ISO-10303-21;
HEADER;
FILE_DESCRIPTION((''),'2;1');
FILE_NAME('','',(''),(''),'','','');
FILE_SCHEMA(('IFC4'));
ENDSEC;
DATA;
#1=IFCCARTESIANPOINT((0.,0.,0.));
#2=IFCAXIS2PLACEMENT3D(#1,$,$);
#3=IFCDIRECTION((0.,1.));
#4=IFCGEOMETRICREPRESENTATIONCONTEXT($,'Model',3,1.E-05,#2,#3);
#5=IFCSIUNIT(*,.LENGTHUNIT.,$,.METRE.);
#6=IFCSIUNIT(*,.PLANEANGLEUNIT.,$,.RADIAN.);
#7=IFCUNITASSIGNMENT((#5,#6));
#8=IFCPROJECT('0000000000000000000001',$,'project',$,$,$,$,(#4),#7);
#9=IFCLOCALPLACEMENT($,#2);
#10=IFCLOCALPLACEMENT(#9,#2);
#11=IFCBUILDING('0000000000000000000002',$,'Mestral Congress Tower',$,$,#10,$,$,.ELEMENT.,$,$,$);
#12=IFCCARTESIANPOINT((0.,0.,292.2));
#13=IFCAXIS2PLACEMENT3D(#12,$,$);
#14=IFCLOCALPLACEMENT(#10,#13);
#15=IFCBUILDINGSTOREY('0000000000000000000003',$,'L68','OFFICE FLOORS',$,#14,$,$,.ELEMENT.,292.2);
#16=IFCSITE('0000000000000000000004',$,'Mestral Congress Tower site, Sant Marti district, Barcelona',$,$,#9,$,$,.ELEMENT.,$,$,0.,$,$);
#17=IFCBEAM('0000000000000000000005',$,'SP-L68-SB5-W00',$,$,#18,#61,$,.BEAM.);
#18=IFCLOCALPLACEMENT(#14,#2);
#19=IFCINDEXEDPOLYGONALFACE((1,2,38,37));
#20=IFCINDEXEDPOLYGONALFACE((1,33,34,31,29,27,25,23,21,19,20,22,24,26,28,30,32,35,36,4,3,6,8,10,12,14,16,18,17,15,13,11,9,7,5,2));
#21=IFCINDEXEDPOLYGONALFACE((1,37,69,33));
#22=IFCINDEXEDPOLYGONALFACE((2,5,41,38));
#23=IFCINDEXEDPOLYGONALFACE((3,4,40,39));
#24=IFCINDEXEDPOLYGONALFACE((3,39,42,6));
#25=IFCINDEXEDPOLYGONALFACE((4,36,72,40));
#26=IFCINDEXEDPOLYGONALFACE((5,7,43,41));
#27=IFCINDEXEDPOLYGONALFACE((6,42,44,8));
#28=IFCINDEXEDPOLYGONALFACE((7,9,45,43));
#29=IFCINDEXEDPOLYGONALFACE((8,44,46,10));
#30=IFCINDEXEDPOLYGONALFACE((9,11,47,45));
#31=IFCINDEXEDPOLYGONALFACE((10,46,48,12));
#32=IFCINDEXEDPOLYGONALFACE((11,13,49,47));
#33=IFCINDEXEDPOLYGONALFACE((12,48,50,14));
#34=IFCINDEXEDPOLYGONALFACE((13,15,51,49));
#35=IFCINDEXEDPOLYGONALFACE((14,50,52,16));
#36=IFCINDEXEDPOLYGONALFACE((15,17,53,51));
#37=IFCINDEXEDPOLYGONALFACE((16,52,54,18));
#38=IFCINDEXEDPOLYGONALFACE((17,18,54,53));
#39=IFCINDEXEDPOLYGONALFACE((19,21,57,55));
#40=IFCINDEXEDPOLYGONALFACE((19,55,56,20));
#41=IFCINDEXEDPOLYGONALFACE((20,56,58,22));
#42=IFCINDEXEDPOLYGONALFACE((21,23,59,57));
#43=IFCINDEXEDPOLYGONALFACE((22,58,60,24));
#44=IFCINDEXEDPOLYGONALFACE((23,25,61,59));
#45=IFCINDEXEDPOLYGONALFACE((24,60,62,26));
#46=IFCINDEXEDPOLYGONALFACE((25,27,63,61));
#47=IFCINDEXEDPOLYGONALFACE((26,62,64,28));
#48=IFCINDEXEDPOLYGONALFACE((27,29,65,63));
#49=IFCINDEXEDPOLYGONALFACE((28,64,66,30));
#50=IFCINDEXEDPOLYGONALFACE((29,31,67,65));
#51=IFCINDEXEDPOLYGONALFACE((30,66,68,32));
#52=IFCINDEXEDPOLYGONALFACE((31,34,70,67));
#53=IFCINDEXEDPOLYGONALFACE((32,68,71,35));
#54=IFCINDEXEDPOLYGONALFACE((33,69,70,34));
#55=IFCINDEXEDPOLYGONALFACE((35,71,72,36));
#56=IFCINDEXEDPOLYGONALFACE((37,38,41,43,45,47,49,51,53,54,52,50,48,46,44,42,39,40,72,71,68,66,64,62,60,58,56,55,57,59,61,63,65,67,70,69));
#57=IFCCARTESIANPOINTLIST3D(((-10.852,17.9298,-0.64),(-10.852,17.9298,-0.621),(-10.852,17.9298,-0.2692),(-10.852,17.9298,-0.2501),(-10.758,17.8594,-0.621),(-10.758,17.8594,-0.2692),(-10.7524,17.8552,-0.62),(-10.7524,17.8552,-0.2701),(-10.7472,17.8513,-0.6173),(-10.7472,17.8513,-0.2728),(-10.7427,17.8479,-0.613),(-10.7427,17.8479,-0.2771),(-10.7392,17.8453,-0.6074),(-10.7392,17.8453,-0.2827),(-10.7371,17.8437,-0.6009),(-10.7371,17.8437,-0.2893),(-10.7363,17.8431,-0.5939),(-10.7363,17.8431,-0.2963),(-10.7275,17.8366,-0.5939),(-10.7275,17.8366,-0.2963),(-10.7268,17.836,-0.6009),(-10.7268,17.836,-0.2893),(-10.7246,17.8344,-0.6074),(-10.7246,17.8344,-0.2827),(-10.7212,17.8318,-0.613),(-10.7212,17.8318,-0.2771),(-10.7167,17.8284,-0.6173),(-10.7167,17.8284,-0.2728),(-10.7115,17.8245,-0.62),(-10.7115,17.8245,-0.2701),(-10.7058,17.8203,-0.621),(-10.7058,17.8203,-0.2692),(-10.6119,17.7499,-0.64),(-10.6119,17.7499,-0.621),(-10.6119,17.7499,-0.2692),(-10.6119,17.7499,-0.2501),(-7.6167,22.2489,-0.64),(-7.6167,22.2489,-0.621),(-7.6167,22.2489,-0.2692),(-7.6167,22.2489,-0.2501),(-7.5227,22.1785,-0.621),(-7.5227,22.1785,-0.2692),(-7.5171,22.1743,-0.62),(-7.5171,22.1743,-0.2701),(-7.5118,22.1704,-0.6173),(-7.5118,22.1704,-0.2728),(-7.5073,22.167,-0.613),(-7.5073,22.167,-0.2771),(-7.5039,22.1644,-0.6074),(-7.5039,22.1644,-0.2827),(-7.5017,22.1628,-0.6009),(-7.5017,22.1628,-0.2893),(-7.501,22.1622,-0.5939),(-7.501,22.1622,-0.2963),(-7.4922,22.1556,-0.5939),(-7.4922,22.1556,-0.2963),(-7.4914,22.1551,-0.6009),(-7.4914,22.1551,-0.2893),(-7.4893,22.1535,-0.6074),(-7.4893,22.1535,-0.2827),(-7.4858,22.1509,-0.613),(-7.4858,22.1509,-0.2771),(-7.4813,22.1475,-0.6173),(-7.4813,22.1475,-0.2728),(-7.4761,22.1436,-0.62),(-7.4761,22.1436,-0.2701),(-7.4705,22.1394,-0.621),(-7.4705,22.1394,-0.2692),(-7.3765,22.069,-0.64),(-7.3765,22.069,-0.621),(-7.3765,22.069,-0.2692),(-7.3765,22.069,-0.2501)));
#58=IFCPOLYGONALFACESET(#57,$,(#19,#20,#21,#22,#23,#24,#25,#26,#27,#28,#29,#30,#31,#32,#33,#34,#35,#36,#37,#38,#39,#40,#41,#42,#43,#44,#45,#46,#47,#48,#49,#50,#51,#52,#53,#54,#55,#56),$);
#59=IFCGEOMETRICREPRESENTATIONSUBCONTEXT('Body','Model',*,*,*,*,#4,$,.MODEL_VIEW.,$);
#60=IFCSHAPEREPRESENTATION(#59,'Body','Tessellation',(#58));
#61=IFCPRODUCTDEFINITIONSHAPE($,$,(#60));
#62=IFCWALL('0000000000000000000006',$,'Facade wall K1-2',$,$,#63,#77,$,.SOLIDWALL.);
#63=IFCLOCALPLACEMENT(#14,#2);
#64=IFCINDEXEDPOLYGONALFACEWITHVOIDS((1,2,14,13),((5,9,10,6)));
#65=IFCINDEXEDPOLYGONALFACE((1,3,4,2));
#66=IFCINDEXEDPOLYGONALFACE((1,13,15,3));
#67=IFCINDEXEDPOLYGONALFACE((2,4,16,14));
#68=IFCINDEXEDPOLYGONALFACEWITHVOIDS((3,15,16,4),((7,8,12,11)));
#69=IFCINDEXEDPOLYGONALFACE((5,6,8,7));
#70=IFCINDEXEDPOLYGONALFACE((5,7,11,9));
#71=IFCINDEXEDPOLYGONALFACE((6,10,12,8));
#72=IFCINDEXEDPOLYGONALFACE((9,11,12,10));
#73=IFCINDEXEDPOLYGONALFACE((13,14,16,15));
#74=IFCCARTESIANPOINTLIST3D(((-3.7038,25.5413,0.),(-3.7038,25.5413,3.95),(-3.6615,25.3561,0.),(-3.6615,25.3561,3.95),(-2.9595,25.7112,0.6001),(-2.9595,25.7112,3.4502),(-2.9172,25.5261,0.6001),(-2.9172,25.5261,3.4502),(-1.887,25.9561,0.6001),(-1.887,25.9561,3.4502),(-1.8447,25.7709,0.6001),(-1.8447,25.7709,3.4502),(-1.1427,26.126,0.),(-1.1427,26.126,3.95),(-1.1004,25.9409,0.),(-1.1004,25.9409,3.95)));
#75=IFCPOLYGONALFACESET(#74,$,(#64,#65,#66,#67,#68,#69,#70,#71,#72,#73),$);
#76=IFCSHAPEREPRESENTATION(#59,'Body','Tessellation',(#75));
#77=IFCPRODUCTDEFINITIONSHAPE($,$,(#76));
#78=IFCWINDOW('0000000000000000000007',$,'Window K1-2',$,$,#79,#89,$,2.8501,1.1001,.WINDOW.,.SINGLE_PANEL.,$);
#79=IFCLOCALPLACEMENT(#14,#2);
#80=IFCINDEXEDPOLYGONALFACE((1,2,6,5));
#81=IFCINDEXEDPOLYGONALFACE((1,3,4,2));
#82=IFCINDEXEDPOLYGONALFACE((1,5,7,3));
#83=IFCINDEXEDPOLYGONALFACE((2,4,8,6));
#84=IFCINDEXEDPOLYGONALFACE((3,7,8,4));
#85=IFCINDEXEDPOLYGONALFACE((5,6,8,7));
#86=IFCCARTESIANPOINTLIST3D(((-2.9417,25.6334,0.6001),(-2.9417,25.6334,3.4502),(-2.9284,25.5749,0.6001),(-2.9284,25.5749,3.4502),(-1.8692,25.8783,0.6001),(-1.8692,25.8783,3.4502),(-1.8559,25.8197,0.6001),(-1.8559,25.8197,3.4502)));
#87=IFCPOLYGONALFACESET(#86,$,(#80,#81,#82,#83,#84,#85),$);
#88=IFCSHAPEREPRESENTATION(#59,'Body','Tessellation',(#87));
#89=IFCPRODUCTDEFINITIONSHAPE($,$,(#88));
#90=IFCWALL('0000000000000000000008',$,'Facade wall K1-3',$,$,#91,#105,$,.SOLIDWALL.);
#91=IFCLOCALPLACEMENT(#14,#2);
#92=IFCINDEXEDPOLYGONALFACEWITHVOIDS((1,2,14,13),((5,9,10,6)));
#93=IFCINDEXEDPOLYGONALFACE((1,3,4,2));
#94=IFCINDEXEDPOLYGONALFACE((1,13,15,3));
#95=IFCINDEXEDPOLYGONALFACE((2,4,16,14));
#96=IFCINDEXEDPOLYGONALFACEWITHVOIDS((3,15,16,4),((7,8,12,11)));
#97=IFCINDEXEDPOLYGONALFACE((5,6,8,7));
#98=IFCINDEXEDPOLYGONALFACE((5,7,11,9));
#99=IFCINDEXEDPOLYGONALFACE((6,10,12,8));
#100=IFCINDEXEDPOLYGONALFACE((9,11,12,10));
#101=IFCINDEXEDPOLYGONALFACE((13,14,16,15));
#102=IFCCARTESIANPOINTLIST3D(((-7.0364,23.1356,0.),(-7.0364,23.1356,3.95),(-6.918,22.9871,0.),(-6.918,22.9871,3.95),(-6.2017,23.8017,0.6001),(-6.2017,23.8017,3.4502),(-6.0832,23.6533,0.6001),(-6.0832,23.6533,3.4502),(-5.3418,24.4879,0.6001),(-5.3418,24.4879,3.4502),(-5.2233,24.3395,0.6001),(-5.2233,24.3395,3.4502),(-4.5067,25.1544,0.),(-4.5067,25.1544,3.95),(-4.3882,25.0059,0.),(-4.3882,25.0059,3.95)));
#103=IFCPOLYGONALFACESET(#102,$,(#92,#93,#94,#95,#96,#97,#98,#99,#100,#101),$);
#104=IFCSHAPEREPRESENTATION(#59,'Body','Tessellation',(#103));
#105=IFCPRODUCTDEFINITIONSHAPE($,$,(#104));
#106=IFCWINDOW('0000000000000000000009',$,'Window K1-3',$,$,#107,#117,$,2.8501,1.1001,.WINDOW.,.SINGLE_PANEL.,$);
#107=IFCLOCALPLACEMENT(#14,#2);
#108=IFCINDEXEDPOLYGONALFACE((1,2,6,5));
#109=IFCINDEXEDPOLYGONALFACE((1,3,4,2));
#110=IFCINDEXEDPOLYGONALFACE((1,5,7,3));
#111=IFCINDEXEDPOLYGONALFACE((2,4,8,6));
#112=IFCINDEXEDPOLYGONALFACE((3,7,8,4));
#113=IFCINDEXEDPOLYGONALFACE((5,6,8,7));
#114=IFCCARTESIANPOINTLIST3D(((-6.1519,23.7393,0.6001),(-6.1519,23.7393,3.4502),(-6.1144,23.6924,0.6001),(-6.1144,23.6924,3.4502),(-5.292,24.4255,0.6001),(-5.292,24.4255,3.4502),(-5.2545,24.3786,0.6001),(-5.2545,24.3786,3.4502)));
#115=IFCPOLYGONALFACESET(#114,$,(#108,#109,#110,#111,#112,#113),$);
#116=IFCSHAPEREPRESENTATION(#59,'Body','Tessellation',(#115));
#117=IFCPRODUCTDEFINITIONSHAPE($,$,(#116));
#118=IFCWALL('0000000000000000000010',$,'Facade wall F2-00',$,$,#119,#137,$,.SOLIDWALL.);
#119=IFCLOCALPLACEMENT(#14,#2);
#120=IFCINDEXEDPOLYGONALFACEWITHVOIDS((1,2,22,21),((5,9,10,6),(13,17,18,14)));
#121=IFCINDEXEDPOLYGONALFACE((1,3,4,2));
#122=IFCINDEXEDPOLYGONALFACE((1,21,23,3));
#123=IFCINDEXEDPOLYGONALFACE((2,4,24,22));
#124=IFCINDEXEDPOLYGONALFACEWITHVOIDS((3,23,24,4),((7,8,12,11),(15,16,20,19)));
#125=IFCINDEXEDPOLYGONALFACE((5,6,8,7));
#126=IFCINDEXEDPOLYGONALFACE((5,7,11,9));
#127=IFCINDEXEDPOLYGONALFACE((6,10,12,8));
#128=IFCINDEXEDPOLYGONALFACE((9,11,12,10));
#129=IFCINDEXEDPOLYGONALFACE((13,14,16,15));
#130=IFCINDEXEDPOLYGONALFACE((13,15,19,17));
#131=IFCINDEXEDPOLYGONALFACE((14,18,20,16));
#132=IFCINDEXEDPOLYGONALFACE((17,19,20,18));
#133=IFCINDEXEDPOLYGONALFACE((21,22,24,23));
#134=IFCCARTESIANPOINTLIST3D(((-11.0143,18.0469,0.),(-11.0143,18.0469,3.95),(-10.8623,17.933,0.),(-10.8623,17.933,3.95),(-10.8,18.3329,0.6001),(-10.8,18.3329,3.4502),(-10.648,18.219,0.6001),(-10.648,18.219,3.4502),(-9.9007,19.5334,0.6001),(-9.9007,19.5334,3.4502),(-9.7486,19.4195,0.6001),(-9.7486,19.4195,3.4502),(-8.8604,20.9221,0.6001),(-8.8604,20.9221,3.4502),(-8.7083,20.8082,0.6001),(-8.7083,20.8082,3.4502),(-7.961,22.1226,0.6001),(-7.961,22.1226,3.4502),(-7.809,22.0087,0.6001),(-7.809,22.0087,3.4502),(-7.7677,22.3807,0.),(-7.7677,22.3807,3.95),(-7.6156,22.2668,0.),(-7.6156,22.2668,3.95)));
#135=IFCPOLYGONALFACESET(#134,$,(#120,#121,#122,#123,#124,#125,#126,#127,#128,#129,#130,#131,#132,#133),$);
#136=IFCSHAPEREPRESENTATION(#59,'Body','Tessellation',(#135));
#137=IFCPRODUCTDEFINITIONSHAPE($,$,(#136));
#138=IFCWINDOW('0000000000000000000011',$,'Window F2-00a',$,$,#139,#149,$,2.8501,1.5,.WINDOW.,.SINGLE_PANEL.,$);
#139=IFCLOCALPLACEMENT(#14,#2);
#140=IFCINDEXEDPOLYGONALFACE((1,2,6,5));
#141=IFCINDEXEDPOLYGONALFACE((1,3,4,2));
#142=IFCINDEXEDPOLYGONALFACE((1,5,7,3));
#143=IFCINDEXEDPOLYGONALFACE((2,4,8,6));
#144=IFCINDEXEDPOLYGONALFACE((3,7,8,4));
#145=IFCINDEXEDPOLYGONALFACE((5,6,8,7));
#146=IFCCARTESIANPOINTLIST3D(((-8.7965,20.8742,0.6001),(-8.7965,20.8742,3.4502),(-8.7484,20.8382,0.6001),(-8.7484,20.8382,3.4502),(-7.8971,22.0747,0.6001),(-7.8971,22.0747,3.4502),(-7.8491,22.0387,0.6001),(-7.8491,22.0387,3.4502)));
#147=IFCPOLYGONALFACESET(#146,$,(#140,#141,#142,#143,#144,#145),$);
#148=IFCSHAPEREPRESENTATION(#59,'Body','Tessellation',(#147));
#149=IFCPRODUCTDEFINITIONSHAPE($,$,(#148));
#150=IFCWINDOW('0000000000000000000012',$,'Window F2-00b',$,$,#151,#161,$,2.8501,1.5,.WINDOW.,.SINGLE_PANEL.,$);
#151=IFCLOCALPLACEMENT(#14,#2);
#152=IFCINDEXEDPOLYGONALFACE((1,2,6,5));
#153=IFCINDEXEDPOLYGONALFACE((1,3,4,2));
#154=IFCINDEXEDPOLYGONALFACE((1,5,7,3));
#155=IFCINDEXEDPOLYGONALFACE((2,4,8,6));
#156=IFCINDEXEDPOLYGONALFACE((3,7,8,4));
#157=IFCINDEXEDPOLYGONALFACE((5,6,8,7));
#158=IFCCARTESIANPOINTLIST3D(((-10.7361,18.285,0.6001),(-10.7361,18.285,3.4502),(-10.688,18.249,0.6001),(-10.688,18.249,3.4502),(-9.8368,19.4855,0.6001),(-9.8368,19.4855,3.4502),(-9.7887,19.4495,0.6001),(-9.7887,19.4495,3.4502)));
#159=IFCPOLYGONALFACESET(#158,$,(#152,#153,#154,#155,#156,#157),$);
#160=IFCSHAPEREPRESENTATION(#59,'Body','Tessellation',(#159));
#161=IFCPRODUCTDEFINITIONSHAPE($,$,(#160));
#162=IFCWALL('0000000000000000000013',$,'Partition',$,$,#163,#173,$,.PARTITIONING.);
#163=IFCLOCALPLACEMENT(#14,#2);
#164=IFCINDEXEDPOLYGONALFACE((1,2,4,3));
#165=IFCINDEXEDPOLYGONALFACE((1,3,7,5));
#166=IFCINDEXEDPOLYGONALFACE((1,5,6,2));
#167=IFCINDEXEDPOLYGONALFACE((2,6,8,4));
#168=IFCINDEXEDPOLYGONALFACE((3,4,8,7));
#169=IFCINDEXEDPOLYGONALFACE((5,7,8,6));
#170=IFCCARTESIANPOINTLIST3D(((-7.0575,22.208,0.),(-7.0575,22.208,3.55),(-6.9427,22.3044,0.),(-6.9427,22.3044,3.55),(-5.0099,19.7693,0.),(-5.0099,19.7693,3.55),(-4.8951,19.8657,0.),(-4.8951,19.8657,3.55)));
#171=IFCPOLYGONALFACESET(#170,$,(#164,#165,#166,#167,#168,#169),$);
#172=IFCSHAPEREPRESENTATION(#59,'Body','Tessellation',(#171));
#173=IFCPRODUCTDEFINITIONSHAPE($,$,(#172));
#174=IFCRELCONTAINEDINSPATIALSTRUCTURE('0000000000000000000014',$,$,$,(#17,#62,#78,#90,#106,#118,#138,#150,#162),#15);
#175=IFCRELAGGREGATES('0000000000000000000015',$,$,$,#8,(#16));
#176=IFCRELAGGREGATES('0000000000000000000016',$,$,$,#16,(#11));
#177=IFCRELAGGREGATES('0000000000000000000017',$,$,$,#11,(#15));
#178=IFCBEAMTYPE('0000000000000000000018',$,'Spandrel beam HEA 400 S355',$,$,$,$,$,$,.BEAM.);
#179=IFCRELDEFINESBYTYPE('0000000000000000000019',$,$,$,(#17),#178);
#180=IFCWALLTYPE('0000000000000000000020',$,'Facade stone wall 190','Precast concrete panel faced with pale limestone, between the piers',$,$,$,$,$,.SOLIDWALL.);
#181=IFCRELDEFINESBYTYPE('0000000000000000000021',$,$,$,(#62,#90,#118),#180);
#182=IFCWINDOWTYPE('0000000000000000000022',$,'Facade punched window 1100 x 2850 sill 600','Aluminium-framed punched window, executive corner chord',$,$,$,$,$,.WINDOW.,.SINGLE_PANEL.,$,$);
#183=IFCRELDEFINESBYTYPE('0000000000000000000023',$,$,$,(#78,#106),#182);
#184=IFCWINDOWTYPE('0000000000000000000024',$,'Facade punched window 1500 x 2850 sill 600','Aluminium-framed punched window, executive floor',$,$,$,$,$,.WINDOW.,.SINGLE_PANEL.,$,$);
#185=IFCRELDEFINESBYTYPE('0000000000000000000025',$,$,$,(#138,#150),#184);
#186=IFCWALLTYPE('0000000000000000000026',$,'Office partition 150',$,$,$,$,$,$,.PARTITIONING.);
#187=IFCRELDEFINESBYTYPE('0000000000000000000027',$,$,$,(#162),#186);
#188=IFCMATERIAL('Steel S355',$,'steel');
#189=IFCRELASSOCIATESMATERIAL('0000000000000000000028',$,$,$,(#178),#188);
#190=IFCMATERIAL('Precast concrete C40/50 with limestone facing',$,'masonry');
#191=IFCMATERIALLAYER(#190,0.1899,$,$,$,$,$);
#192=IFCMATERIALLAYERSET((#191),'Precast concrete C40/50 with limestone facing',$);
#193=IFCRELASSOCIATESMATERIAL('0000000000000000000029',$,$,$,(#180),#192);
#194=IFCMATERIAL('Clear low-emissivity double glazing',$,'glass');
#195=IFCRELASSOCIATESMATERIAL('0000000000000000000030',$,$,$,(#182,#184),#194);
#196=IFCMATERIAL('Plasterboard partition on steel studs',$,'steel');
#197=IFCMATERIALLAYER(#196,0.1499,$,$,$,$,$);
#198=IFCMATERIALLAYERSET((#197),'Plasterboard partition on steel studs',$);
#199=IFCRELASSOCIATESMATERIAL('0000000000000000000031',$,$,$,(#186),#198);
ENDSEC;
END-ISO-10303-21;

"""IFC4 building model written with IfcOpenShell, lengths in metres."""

from ifc_helpers import new_model, si_unit, direction, frame, frame_2d, origin, origin_2d, place, context, subcontext, project, spatial, rectangle, i_section, extrude, material, layer, layer_set, material_profile, profile_set, type_object, element, fill, save


model = new_model("IFC4")

# Units and contexts
model_context = context("Model", 3, precision=1e-05, world=origin(), true_north=direction((0.0, 1.0)))
body_context = subcontext(model_context, "Body", "Model", "MODEL_VIEW")
ifc_project = project(units=[si_unit("LENGTHUNIT", "METRE"), si_unit("PLANEANGLEUNIT", "RADIAN")], contexts=[model_context])

# Site, building, storey
site_placement = place(None, origin())
site = spatial("IfcSite", under=ifc_project, at=site_placement, Name="Mestral Congress Tower site, Sant Marti district, Barcelona", CompositionType="ELEMENT", RefElevation=0.0)
building_placement = place(site_placement, origin())
building = spatial("IfcBuilding", under=site, at=building_placement, Name="Mestral Congress Tower", CompositionType="ELEMENT")
storey_placement = place(building_placement, frame((0.0, 0.0, 292.2)))
storey = spatial("IfcBuildingStorey", under=building, at=storey_placement, Name="L68", Description="OFFICE FLOORS", CompositionType="ELEMENT", Elevation=292.2)

# Beam
ifc_material_1 = material(Name="Steel S355", Category="steel")
ifc_material_profile_1 = material_profile(ifc_material_1, i_section(OverallWidth=0.3, OverallDepth=0.3899, WebThickness=0.011, FlangeThickness=0.019, FilletRadius=0.0271, at=origin_2d()), Name="HEA 400")
ifc_profile_set_1 = profile_set([ifc_material_profile_1], Name="Steel S355")
beam_type_1 = type_object("IfcBeamType", Name="Spandrel beam HEA 400 S355", PredefinedType="BEAM", material=ifc_profile_set_1)
beam_1_placement = place(storey_placement, frame((-7.4966, 22.1589, -0.4451), z_axis=(-0.599529, -0.800353, 0.0), x_axis=(0.800353, -0.599529, 0.0)))
element("IfcBeam", 1, at=beam_1_placement, inside=storey, type_object=beam_type_1, Name="SP-L68-SB5-W00", PredefinedType="BEAM", context=body_context, shape_type="SweptSolid", body=[
    extrude(i_section(OverallWidth=0.3, OverallDepth=0.3899, WebThickness=0.011, FlangeThickness=0.019, FilletRadius=0.0271, at=origin_2d()), origin(), (0.0, 0.0, 1.0), 5.3965),
])

# Walls, openings, windows
ifc_material_2 = material(Name="Precast concrete C40/50 with limestone facing", Category="masonry")
ifc_layer_1 = layer(ifc_material_2, 0.1899)
ifc_layer_set_1 = layer_set([ifc_layer_1], Name="Precast concrete C40/50 with limestone facing")
wall_type_1 = type_object("IfcWallType", Name="Facade stone wall 190", Description="Precast concrete panel faced with pale limestone, between the piers", PredefinedType="SOLIDWALL", material=ifc_layer_set_1)
wall_1_placement = place(storey_placement, frame((-1.1216, 26.0334, 0.0), z_axis=(0.0, 0.0, 1.0), x_axis=(-0.974913, -0.222585, 0.0)))
wall_1 = element("IfcWall", 2, at=wall_1_placement, inside=storey, type_object=wall_type_1, Name="Facade wall K1-2", PredefinedType="SOLIDWALL", context=body_context, shape_type="SweptSolid", body=[
    extrude(rectangle(XDim=2.627, YDim=0.1899, at=frame_2d((1.3135, 0.0))), origin(), (0.0, 0.0, 1.0), 3.95),
])
opening_1_placement = place(wall_1_placement, frame((0.7634, 0.0, 0.6001)))
opening_1 = element("IfcOpeningElement", 3, at=opening_1_placement, cuts=wall_1, PredefinedType="OPENING", context=body_context, shape_type="SweptSolid", body=[
    extrude(rectangle(XDim=1.1001, YDim=2.8501, at=frame_2d((0.55, 1.425))), frame((0.0, 0.105, 0.0), z_axis=(0.0, -1.0, 0.0), x_axis=(1.0, 0.0, 0.0)), (0.0, 0.0, 1.0), 0.21),
])
ifc_material_3 = material(Name="Clear low-emissivity double glazing", Category="glass")
window_type_1 = type_object("IfcWindowType", Name="Facade punched window 1100 x 2850 sill 600", Description="Aluminium-framed punched window, executive corner chord", PartitioningType="SINGLE_PANEL", PredefinedType="WINDOW", material=ifc_material_3)
window_1_placement = place(opening_1_placement, origin())
window_1 = element("IfcWindow", 4, at=window_1_placement, inside=storey, type_object=window_type_1, Name="Window K1-2", OverallHeight=2.8501, OverallWidth=1.1001, PartitioningType="SINGLE_PANEL", PredefinedType="WINDOW", context=body_context, shape_type="SweptSolid", body=[
    extrude(rectangle(XDim=1.1001, YDim=2.8501, at=frame_2d((0.55, 1.425))), frame((0.0, 0.0449, 0.0), z_axis=(0.0, -1.0, 0.0), x_axis=(1.0, 0.0, 0.0)), (0.0, 0.0, 1.0), 0.0601),
])
fill(opening_1, window_1)
wall_2_placement = place(storey_placement, frame((-4.4475, 25.0801, 0.0), z_axis=(0.0, 0.0, 1.0), x_axis=(-0.781626, -0.623747, 0.0)))
wall_2 = element("IfcWall", 5, at=wall_2_placement, inside=storey, type_object=wall_type_1, Name="Facade wall K1-3", PredefinedType="SOLIDWALL", context=body_context, shape_type="SweptSolid", body=[
    extrude(rectangle(XDim=3.2366, YDim=0.1899, at=frame_2d((1.6182, 0.0))), origin(), (0.0, 0.0, 1.0), 3.95),
])
opening_2_placement = place(wall_2_placement, frame((1.0684, 0.0, 0.6001)))
opening_2 = element("IfcOpeningElement", 6, at=opening_2_placement, cuts=wall_2, PredefinedType="OPENING", context=body_context, shape_type="SweptSolid", body=[
    extrude(rectangle(XDim=1.1001, YDim=2.8501, at=frame_2d((0.55, 1.425))), frame((0.0, 0.105, 0.0), z_axis=(0.0, -1.0, 0.0), x_axis=(1.0, 0.0, 0.0)), (0.0, 0.0, 1.0), 0.21),
])
window_2_placement = place(opening_2_placement, origin())
window_2 = element("IfcWindow", 7, at=window_2_placement, inside=storey, type_object=window_type_1, Name="Window K1-3", OverallHeight=2.8501, OverallWidth=1.1001, PartitioningType="SINGLE_PANEL", PredefinedType="WINDOW", context=body_context, shape_type="SweptSolid", body=[
    extrude(rectangle(XDim=1.1001, YDim=2.8501, at=frame_2d((0.55, 1.425))), frame((0.0, 0.0449, 0.0), z_axis=(0.0, -1.0, 0.0), x_axis=(1.0, 0.0, 0.0)), (0.0, 0.0, 1.0), 0.0601),
])
fill(opening_2, window_2)

# Wall, openings, windows
wall_3_placement = place(storey_placement, frame((-7.6917, 22.3237, 0.0), z_axis=(0.0, 0.0, 1.0), x_axis=(-0.59956, -0.80033, 0.0)))
wall_3 = element("IfcWall", 8, at=wall_3_placement, inside=storey, type_object=wall_type_1, Name="Facade wall F2-00", PredefinedType="SOLIDWALL", context=body_context, shape_type="SweptSolid", body=[
    extrude(rectangle(XDim=5.415, YDim=0.1899, at=frame_2d((2.7075, 0.0))), origin(), (0.0, 0.0, 1.0), 3.95),
])
opening_3_placement = place(wall_3_placement, frame((0.3225, 0.0, 0.6001)))
opening_3 = element("IfcOpeningElement", 9, at=opening_3_placement, cuts=wall_3, PredefinedType="OPENING", context=body_context, shape_type="SweptSolid", body=[
    extrude(rectangle(XDim=1.5, YDim=2.8501, at=frame_2d((0.75, 1.425))), frame((0.0, 0.105, 0.0), z_axis=(0.0, -1.0, 0.0), x_axis=(1.0, 0.0, 0.0)), (0.0, 0.0, 1.0), 0.21),
])
opening_4_placement = place(wall_3_placement, frame((3.5576, 0.0, 0.6001)))
opening_4 = element("IfcOpeningElement", 10, at=opening_4_placement, cuts=wall_3, PredefinedType="OPENING", context=body_context, shape_type="SweptSolid", body=[
    extrude(rectangle(XDim=1.5, YDim=2.8501, at=frame_2d((0.75, 1.425))), frame((0.0, 0.105, 0.0), z_axis=(0.0, -1.0, 0.0), x_axis=(1.0, 0.0, 0.0)), (0.0, 0.0, 1.0), 0.21),
])
window_type_2 = type_object("IfcWindowType", Name="Facade punched window 1500 x 2850 sill 600", Description="Aluminium-framed punched window, executive floor", PartitioningType="SINGLE_PANEL", PredefinedType="WINDOW", material=ifc_material_3)
window_3_placement = place(opening_3_placement, origin())
window_3 = element("IfcWindow", 11, at=window_3_placement, inside=storey, type_object=window_type_2, Name="Window F2-00a", OverallHeight=2.8501, OverallWidth=1.5, PartitioningType="SINGLE_PANEL", PredefinedType="WINDOW", context=body_context, shape_type="SweptSolid", body=[
    extrude(rectangle(XDim=1.5, YDim=2.8501, at=frame_2d((0.75, 1.425))), frame((0.0, 0.0449, 0.0), z_axis=(0.0, -1.0, 0.0), x_axis=(1.0, 0.0, 0.0)), (0.0, 0.0, 1.0), 0.0601),
])
fill(opening_3, window_3)
window_4_placement = place(opening_4_placement, origin())
window_4 = element("IfcWindow", 12, at=window_4_placement, inside=storey, type_object=window_type_2, Name="Window F2-00b", OverallHeight=2.8501, OverallWidth=1.5, PartitioningType="SINGLE_PANEL", PredefinedType="WINDOW", context=body_context, shape_type="SweptSolid", body=[
    extrude(rectangle(XDim=1.5, YDim=2.8501, at=frame_2d((0.75, 1.425))), frame((0.0, 0.0449, 0.0), z_axis=(0.0, -1.0, 0.0), x_axis=(1.0, 0.0, 0.0)), (0.0, 0.0, 1.0), 0.0601),
])
fill(opening_4, window_4)

# Wall
ifc_material_4 = material(Name="Plasterboard partition on steel studs", Category="steel")
ifc_layer_2 = layer(ifc_material_4, 0.1499)
ifc_layer_set_2 = layer_set([ifc_layer_2], Name="Plasterboard partition on steel studs")
wall_type_2 = type_object("IfcWallType", Name="Office partition 150", PredefinedType="PARTITIONING", material=ifc_layer_set_2)
wall_4_placement = place(storey_placement, frame((-4.9524, 19.8174, 0.0), z_axis=(0.0, 0.0, 1.0), x_axis=(-0.643023, 0.765847, 0.0)))
element("IfcWall", 13, at=wall_4_placement, inside=storey, type_object=wall_type_2, Name="Partition", PredefinedType="PARTITIONING", context=body_context, shape_type="SweptSolid", body=[
    extrude(rectangle(XDim=3.1843, YDim=0.1499, at=frame_2d((1.5923, 0.0))), origin(), (0.0, 0.0, 1.0), 3.55),
])

save(model, "model.ifc")
